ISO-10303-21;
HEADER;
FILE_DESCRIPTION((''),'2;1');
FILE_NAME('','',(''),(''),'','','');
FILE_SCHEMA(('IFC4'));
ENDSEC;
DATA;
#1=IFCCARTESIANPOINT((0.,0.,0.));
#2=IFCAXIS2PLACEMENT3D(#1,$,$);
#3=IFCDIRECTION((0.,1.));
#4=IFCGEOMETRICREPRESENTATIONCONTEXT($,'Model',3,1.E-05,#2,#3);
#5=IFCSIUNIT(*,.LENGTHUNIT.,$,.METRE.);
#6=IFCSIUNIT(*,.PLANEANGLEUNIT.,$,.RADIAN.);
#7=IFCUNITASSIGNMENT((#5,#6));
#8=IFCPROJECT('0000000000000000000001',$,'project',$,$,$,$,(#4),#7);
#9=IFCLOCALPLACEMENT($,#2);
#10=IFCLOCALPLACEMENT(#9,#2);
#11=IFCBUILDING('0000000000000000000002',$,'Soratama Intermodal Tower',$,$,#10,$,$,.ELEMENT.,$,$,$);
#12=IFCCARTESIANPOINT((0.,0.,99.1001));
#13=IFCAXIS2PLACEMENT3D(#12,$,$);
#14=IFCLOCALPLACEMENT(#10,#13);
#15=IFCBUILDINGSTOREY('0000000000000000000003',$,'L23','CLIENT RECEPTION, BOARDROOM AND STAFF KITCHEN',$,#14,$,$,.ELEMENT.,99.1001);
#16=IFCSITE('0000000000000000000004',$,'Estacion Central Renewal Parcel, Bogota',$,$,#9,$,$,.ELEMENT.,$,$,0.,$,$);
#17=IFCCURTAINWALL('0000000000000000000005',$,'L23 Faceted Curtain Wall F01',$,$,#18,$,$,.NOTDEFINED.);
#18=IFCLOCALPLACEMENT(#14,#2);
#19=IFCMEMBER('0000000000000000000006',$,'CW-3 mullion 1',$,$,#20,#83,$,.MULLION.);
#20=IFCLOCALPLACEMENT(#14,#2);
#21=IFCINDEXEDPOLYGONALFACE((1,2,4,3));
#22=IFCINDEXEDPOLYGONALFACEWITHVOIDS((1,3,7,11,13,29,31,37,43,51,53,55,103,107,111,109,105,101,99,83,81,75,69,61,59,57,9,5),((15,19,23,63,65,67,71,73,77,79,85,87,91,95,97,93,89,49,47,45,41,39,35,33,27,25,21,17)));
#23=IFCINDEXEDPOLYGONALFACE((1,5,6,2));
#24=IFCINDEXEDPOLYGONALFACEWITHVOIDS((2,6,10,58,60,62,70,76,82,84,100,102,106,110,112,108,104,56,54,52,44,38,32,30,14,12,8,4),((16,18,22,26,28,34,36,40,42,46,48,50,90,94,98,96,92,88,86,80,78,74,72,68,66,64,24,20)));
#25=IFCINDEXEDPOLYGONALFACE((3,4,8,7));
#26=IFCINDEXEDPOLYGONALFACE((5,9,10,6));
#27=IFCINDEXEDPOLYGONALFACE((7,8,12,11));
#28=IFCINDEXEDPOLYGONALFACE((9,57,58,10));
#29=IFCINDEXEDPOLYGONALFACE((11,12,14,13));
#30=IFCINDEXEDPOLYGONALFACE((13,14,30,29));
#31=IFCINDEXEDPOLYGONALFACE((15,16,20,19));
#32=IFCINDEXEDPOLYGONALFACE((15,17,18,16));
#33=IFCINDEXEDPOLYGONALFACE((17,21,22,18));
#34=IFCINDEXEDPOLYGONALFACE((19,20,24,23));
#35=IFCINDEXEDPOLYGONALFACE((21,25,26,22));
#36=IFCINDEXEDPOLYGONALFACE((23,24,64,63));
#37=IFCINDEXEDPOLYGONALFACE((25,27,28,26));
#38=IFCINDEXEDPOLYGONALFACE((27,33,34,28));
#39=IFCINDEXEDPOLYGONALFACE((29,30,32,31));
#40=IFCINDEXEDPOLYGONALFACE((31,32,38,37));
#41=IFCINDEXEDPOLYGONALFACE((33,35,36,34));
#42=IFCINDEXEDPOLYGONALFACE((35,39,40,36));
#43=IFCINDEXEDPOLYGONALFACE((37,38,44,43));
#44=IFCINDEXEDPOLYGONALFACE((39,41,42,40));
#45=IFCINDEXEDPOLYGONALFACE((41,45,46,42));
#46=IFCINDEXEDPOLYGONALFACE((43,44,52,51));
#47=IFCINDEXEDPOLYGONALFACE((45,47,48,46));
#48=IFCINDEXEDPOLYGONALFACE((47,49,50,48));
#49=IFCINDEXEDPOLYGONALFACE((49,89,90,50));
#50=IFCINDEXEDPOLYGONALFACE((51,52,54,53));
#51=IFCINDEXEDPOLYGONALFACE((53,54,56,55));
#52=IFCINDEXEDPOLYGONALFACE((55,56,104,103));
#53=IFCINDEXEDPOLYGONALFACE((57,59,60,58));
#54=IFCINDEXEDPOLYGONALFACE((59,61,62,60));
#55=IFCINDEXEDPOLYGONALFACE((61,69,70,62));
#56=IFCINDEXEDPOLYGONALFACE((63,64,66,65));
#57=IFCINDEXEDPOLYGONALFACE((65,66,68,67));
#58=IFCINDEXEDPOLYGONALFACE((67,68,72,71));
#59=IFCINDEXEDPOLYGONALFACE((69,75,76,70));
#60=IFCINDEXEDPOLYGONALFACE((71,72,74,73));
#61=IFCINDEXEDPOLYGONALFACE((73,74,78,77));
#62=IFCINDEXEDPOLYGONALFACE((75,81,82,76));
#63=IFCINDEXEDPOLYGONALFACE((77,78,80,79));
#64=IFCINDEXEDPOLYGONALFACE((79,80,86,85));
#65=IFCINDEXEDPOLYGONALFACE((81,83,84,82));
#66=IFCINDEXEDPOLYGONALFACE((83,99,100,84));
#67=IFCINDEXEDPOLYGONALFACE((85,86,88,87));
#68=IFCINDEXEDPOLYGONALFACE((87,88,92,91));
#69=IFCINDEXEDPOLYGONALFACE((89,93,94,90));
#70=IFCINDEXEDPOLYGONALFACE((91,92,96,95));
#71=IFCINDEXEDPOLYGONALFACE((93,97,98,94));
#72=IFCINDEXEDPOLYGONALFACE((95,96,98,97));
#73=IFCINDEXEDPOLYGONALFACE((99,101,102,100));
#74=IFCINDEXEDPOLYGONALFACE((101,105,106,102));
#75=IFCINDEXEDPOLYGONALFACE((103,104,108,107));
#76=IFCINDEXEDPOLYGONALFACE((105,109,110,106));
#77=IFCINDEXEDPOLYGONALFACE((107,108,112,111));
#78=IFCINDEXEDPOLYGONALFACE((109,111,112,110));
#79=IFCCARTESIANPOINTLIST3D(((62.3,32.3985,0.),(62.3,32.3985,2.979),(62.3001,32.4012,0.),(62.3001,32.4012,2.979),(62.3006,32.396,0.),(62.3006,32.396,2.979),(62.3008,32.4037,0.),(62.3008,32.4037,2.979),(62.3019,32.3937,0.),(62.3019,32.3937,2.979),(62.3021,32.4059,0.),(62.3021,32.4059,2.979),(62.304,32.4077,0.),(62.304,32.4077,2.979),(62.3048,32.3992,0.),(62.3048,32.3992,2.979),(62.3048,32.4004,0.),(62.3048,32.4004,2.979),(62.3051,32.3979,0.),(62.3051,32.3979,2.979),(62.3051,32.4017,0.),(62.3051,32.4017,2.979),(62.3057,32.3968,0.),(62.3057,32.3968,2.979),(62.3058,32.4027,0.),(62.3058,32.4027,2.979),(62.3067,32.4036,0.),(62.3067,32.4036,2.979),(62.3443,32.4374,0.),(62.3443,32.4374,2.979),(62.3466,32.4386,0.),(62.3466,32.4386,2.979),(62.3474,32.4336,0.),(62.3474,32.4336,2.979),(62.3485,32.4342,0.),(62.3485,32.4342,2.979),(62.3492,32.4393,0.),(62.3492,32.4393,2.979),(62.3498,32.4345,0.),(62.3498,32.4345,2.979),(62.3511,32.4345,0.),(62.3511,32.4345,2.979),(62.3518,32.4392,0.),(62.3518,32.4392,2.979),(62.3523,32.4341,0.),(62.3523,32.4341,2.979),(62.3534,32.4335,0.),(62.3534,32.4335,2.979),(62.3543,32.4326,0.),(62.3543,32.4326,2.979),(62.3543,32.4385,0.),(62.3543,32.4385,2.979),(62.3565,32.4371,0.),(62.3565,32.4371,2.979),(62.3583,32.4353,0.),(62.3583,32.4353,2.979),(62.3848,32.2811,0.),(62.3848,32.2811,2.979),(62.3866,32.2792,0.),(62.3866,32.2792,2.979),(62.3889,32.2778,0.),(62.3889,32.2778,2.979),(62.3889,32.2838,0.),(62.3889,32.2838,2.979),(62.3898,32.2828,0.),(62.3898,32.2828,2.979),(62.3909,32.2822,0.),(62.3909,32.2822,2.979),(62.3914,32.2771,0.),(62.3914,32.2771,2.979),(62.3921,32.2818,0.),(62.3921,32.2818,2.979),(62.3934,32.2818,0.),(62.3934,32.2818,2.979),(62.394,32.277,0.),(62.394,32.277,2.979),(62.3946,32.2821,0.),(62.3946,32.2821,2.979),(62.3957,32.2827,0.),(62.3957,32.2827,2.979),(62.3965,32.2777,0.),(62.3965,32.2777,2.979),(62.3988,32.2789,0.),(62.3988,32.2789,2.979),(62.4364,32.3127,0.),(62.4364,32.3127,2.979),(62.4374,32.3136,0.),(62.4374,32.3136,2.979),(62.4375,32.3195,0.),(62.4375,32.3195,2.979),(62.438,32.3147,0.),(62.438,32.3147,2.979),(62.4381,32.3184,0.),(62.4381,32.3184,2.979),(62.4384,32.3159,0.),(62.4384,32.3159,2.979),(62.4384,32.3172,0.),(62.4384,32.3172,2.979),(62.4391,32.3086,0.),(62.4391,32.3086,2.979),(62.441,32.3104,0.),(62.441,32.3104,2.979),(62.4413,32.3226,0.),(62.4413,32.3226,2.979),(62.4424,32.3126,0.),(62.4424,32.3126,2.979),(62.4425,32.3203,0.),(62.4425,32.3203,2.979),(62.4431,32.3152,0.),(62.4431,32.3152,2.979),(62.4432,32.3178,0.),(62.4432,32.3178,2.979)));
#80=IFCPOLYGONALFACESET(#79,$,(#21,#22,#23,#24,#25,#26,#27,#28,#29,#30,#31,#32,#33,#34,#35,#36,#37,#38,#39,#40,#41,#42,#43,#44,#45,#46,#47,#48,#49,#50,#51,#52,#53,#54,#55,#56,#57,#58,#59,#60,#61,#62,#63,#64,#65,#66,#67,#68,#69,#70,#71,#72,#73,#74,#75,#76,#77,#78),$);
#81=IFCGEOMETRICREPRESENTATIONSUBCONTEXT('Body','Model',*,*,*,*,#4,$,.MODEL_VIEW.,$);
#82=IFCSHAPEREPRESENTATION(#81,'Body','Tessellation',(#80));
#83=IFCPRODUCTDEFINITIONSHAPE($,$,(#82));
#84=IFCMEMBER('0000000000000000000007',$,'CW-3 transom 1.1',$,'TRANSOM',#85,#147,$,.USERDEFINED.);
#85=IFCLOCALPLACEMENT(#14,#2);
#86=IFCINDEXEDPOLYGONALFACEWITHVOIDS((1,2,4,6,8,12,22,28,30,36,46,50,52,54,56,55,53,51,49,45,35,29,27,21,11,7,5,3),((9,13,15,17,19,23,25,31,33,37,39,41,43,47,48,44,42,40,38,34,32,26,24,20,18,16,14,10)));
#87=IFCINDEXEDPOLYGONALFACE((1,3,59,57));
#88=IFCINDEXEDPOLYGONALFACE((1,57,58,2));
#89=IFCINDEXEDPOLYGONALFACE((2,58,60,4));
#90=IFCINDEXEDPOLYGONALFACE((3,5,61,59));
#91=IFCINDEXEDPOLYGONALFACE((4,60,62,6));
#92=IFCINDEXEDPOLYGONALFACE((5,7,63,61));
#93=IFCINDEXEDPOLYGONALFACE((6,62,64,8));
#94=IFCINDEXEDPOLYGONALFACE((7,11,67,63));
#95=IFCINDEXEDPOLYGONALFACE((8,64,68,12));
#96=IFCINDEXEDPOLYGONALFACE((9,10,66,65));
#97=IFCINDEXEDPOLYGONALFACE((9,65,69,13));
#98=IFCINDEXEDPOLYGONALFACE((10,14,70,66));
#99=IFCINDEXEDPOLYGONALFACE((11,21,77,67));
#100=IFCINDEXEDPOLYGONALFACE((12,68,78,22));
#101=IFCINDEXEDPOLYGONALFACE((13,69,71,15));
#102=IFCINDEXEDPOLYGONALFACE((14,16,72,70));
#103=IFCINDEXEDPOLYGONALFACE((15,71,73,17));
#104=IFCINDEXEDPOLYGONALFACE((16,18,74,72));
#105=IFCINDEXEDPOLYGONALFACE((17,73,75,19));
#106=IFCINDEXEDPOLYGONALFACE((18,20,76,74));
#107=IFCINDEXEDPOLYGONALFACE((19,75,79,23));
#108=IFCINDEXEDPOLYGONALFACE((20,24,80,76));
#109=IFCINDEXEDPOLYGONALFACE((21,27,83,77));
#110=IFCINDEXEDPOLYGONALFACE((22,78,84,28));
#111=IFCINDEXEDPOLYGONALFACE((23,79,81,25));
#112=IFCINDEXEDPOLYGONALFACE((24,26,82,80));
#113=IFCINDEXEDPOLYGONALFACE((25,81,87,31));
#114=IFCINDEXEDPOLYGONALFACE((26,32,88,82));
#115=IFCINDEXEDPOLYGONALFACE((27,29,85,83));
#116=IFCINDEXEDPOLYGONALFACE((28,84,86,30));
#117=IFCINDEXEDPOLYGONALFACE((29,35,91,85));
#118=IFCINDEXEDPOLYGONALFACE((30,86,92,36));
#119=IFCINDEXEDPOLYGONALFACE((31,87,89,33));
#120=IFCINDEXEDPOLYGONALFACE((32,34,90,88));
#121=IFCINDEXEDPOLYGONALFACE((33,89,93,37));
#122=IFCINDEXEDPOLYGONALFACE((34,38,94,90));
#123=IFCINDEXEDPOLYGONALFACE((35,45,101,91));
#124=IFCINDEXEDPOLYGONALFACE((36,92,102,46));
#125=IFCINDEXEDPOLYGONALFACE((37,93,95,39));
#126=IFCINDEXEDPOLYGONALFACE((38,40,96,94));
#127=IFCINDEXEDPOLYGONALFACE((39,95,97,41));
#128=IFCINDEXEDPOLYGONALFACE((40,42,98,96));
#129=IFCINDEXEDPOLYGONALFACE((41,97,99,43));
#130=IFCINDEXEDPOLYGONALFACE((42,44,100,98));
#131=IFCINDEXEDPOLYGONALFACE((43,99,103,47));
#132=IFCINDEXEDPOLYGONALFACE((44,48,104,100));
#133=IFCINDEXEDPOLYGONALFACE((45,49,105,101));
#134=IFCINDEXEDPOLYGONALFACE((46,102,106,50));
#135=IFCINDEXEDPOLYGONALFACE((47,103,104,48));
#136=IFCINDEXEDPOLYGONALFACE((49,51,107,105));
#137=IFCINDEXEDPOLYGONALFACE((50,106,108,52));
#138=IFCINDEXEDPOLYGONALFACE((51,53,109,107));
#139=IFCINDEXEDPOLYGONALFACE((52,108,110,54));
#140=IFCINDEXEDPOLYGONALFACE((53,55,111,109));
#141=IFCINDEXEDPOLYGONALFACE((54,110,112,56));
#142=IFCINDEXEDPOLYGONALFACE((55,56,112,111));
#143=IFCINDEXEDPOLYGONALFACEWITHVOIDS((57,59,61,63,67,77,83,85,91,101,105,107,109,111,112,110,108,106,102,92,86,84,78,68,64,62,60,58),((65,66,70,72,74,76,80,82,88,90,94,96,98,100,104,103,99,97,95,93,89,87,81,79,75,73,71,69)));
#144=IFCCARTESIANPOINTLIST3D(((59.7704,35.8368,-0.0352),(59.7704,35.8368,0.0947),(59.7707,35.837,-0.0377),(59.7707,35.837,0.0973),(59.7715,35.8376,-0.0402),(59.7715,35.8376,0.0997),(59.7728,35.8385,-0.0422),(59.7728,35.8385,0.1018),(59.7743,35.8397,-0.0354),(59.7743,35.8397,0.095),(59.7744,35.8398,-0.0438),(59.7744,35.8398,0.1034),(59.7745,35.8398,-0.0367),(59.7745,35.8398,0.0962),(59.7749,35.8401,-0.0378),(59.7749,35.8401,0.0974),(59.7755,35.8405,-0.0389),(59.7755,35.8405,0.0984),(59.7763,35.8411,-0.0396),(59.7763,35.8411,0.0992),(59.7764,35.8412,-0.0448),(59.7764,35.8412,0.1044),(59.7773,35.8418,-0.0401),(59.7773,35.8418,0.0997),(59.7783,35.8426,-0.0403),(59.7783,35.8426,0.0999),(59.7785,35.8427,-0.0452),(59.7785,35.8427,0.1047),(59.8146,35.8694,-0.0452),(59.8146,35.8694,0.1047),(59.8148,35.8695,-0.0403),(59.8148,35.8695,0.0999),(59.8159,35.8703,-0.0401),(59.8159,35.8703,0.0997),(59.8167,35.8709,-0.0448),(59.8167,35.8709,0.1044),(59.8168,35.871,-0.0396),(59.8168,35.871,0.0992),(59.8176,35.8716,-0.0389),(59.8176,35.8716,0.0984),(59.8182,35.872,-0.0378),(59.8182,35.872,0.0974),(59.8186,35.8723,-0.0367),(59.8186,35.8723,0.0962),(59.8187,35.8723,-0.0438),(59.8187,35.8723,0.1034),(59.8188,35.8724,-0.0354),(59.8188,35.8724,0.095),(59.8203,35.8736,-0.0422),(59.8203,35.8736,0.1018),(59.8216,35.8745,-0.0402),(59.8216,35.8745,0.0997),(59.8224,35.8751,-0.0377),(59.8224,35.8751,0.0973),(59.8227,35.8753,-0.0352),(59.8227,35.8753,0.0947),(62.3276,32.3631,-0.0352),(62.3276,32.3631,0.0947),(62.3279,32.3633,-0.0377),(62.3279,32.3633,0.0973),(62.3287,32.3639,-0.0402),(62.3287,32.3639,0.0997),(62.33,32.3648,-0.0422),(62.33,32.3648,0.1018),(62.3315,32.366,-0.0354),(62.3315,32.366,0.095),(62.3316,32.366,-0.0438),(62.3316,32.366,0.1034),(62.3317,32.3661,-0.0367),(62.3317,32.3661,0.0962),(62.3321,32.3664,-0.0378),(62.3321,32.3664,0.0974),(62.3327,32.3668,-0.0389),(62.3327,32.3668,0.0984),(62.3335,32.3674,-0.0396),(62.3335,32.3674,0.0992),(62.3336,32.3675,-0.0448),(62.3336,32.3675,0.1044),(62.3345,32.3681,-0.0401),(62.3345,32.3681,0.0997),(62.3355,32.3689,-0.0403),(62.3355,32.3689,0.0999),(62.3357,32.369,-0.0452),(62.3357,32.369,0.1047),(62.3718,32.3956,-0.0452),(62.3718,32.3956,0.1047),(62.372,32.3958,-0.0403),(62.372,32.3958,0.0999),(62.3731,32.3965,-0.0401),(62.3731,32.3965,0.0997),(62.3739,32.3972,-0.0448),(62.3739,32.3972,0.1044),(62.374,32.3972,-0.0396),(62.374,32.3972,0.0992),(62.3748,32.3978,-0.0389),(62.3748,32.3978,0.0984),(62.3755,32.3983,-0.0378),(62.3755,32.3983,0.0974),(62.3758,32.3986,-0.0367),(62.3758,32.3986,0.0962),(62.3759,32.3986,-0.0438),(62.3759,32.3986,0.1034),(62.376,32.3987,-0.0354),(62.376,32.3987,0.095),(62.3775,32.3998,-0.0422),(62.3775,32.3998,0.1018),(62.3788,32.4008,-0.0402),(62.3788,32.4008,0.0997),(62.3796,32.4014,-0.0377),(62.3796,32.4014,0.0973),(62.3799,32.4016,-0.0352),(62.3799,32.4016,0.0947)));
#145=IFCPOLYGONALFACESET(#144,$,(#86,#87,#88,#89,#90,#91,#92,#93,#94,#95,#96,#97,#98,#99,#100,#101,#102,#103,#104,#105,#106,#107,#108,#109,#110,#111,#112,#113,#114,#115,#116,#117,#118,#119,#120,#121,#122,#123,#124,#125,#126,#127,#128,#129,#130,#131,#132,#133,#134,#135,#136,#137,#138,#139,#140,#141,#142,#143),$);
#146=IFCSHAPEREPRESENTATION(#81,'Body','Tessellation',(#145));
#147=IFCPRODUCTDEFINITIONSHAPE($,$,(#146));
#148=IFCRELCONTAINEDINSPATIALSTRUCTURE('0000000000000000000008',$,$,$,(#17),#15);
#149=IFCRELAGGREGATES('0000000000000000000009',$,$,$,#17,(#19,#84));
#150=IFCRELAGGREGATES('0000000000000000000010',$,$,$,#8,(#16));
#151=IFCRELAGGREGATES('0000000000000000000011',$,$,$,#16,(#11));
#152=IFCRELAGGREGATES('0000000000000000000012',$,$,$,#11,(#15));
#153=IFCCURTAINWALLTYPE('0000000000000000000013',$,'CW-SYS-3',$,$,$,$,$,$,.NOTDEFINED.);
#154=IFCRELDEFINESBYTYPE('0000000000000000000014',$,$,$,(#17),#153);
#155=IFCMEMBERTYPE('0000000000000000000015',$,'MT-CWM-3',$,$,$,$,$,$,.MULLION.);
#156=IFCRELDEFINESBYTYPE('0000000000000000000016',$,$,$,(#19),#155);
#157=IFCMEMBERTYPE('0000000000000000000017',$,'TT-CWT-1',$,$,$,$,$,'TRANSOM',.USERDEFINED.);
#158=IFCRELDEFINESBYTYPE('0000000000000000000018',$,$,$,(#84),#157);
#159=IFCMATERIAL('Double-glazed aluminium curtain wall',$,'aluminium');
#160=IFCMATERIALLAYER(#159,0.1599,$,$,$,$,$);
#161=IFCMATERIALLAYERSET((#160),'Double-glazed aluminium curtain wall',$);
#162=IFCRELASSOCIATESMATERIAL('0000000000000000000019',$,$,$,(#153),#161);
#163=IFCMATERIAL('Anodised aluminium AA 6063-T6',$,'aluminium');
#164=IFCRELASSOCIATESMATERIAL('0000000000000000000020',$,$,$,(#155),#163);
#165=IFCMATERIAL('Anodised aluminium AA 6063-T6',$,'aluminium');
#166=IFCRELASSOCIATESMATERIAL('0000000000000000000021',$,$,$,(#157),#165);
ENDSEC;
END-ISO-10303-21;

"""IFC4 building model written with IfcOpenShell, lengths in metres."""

from ifc_helpers import new_model, si_unit, direction, frame, origin, origin_2d, place, context, subcontext, project, spatial, hollow_rectangle, extrude, material, layer, layer_set, material_profile, profile_set, type_object, element, aggregate, save


model = new_model("IFC4")

# Units and contexts
model_context = context("Model", 3, precision=1e-05, world=origin(), true_north=direction((0.0, 1.0)))
body_context = subcontext(model_context, "Body", "Model", "MODEL_VIEW")
ifc_project = project(units=[si_unit("LENGTHUNIT", "METRE"), si_unit("PLANEANGLEUNIT", "RADIAN")], contexts=[model_context])

# Site, building, storey
site_placement = place(None, origin())
site = spatial("IfcSite", under=ifc_project, at=site_placement, Name="Estacion Central Renewal Parcel, Bogota", CompositionType="ELEMENT", RefElevation=0.0)
building_placement = place(site_placement, origin())
building = spatial("IfcBuilding", under=site, at=building_placement, Name="Soratama Intermodal Tower", CompositionType="ELEMENT")
storey_placement = place(building_placement, frame((0.0, 0.0, 99.1001)))
storey = spatial("IfcBuildingStorey", under=building, at=storey_placement, Name="L23", Description="CLIENT RECEPTION, BOARDROOM AND STAFF KITCHEN", CompositionType="ELEMENT", Elevation=99.1001)

# Curtain wall, members
ifc_material_1 = material(Name="Double-glazed aluminium curtain wall", Category="aluminium")
ifc_layer_1 = layer(ifc_material_1, 0.1599)
ifc_layer_set_1 = layer_set([ifc_layer_1], Name="Double-glazed aluminium curtain wall")
curtain_wall_type = type_object("IfcCurtainWallType", Name="CW-SYS-3", PredefinedType="NOTDEFINED", material=ifc_layer_set_1)
curtain_wall_placement = place(storey_placement, origin())
curtain_wall = element("IfcCurtainWall", 1, at=curtain_wall_placement, inside=storey, type_object=curtain_wall_type, Name="L23 Faceted Curtain Wall F01", PredefinedType="NOTDEFINED")
ifc_material_2 = material(Name="Anodised aluminium AA 6063-T6", Category="aluminium")
ifc_material_profile_1 = material_profile(ifc_material_2, hollow_rectangle(XDim=0.0701, YDim=0.1599, WallThickness=0.0049, InnerFilletRadius=0.0049, OuterFilletRadius=0.01, at=origin_2d()), Name="CWM160X70X5")
ifc_profile_set_1 = profile_set([ifc_material_profile_1], Name="Anodised aluminium AA 6063-T6")
member_type_1 = type_object("IfcMemberType", Name="MT-CWM-3", PredefinedType="MULLION", material=ifc_profile_set_1)
member_1_placement = place(storey_placement, frame((62.3716, 32.3582, 0.0), z_axis=(0.0, 0.0, 1.0), x_axis=(-0.80531, -0.592854, 0.0)))
member_1 = element("IfcMember", 2, at=member_1_placement, type_object=member_type_1, Name="CW-3 mullion 1", PredefinedType="MULLION", context=body_context, shape_type="SweptSolid", body=[
    extrude(hollow_rectangle(XDim=0.0701, YDim=0.1599, WallThickness=0.0049, InnerFilletRadius=0.0049, OuterFilletRadius=0.01, at=origin_2d()), origin(), (0.0, 0.0, 1.0), 2.979),
])
ifc_material_3 = material(Name="Anodised aluminium AA 6063-T6", Category="aluminium")
ifc_material_profile_2 = material_profile(ifc_material_3, hollow_rectangle(XDim=0.0649, YDim=0.1499, WallThickness=0.0049, InnerFilletRadius=0.0049, OuterFilletRadius=0.01, at=origin_2d()), Name="CWT150X65X5")
ifc_profile_set_2 = profile_set([ifc_material_profile_2], Name="Anodised aluminium AA 6063-T6")
member_type_2 = type_object("IfcMemberType", Name="TT-CWT-1", ElementType="TRANSOM", PredefinedType="USERDEFINED", material=ifc_profile_set_2)
member_2_placement = place(storey_placement, frame((62.3538, 32.3823, 0.0298), z_axis=(-0.59284, 0.80532, 0.0), x_axis=(-0.80532, -0.59284, 0.0)))
member_2 = element("IfcMember", 3, at=member_2_placement, type_object=member_type_2, Name="CW-3 transom 1.1", ObjectType="TRANSOM", PredefinedType="USERDEFINED", context=body_context, shape_type="SweptSolid", body=[
    extrude(hollow_rectangle(XDim=0.0649, YDim=0.1499, WallThickness=0.0049, InnerFilletRadius=0.0049, OuterFilletRadius=0.01, at=origin_2d()), origin(), (0.0, 0.0, 1.0), 4.3135),
])
aggregate(curtain_wall, [member_1, member_2])

save(model, "model.ifc")
